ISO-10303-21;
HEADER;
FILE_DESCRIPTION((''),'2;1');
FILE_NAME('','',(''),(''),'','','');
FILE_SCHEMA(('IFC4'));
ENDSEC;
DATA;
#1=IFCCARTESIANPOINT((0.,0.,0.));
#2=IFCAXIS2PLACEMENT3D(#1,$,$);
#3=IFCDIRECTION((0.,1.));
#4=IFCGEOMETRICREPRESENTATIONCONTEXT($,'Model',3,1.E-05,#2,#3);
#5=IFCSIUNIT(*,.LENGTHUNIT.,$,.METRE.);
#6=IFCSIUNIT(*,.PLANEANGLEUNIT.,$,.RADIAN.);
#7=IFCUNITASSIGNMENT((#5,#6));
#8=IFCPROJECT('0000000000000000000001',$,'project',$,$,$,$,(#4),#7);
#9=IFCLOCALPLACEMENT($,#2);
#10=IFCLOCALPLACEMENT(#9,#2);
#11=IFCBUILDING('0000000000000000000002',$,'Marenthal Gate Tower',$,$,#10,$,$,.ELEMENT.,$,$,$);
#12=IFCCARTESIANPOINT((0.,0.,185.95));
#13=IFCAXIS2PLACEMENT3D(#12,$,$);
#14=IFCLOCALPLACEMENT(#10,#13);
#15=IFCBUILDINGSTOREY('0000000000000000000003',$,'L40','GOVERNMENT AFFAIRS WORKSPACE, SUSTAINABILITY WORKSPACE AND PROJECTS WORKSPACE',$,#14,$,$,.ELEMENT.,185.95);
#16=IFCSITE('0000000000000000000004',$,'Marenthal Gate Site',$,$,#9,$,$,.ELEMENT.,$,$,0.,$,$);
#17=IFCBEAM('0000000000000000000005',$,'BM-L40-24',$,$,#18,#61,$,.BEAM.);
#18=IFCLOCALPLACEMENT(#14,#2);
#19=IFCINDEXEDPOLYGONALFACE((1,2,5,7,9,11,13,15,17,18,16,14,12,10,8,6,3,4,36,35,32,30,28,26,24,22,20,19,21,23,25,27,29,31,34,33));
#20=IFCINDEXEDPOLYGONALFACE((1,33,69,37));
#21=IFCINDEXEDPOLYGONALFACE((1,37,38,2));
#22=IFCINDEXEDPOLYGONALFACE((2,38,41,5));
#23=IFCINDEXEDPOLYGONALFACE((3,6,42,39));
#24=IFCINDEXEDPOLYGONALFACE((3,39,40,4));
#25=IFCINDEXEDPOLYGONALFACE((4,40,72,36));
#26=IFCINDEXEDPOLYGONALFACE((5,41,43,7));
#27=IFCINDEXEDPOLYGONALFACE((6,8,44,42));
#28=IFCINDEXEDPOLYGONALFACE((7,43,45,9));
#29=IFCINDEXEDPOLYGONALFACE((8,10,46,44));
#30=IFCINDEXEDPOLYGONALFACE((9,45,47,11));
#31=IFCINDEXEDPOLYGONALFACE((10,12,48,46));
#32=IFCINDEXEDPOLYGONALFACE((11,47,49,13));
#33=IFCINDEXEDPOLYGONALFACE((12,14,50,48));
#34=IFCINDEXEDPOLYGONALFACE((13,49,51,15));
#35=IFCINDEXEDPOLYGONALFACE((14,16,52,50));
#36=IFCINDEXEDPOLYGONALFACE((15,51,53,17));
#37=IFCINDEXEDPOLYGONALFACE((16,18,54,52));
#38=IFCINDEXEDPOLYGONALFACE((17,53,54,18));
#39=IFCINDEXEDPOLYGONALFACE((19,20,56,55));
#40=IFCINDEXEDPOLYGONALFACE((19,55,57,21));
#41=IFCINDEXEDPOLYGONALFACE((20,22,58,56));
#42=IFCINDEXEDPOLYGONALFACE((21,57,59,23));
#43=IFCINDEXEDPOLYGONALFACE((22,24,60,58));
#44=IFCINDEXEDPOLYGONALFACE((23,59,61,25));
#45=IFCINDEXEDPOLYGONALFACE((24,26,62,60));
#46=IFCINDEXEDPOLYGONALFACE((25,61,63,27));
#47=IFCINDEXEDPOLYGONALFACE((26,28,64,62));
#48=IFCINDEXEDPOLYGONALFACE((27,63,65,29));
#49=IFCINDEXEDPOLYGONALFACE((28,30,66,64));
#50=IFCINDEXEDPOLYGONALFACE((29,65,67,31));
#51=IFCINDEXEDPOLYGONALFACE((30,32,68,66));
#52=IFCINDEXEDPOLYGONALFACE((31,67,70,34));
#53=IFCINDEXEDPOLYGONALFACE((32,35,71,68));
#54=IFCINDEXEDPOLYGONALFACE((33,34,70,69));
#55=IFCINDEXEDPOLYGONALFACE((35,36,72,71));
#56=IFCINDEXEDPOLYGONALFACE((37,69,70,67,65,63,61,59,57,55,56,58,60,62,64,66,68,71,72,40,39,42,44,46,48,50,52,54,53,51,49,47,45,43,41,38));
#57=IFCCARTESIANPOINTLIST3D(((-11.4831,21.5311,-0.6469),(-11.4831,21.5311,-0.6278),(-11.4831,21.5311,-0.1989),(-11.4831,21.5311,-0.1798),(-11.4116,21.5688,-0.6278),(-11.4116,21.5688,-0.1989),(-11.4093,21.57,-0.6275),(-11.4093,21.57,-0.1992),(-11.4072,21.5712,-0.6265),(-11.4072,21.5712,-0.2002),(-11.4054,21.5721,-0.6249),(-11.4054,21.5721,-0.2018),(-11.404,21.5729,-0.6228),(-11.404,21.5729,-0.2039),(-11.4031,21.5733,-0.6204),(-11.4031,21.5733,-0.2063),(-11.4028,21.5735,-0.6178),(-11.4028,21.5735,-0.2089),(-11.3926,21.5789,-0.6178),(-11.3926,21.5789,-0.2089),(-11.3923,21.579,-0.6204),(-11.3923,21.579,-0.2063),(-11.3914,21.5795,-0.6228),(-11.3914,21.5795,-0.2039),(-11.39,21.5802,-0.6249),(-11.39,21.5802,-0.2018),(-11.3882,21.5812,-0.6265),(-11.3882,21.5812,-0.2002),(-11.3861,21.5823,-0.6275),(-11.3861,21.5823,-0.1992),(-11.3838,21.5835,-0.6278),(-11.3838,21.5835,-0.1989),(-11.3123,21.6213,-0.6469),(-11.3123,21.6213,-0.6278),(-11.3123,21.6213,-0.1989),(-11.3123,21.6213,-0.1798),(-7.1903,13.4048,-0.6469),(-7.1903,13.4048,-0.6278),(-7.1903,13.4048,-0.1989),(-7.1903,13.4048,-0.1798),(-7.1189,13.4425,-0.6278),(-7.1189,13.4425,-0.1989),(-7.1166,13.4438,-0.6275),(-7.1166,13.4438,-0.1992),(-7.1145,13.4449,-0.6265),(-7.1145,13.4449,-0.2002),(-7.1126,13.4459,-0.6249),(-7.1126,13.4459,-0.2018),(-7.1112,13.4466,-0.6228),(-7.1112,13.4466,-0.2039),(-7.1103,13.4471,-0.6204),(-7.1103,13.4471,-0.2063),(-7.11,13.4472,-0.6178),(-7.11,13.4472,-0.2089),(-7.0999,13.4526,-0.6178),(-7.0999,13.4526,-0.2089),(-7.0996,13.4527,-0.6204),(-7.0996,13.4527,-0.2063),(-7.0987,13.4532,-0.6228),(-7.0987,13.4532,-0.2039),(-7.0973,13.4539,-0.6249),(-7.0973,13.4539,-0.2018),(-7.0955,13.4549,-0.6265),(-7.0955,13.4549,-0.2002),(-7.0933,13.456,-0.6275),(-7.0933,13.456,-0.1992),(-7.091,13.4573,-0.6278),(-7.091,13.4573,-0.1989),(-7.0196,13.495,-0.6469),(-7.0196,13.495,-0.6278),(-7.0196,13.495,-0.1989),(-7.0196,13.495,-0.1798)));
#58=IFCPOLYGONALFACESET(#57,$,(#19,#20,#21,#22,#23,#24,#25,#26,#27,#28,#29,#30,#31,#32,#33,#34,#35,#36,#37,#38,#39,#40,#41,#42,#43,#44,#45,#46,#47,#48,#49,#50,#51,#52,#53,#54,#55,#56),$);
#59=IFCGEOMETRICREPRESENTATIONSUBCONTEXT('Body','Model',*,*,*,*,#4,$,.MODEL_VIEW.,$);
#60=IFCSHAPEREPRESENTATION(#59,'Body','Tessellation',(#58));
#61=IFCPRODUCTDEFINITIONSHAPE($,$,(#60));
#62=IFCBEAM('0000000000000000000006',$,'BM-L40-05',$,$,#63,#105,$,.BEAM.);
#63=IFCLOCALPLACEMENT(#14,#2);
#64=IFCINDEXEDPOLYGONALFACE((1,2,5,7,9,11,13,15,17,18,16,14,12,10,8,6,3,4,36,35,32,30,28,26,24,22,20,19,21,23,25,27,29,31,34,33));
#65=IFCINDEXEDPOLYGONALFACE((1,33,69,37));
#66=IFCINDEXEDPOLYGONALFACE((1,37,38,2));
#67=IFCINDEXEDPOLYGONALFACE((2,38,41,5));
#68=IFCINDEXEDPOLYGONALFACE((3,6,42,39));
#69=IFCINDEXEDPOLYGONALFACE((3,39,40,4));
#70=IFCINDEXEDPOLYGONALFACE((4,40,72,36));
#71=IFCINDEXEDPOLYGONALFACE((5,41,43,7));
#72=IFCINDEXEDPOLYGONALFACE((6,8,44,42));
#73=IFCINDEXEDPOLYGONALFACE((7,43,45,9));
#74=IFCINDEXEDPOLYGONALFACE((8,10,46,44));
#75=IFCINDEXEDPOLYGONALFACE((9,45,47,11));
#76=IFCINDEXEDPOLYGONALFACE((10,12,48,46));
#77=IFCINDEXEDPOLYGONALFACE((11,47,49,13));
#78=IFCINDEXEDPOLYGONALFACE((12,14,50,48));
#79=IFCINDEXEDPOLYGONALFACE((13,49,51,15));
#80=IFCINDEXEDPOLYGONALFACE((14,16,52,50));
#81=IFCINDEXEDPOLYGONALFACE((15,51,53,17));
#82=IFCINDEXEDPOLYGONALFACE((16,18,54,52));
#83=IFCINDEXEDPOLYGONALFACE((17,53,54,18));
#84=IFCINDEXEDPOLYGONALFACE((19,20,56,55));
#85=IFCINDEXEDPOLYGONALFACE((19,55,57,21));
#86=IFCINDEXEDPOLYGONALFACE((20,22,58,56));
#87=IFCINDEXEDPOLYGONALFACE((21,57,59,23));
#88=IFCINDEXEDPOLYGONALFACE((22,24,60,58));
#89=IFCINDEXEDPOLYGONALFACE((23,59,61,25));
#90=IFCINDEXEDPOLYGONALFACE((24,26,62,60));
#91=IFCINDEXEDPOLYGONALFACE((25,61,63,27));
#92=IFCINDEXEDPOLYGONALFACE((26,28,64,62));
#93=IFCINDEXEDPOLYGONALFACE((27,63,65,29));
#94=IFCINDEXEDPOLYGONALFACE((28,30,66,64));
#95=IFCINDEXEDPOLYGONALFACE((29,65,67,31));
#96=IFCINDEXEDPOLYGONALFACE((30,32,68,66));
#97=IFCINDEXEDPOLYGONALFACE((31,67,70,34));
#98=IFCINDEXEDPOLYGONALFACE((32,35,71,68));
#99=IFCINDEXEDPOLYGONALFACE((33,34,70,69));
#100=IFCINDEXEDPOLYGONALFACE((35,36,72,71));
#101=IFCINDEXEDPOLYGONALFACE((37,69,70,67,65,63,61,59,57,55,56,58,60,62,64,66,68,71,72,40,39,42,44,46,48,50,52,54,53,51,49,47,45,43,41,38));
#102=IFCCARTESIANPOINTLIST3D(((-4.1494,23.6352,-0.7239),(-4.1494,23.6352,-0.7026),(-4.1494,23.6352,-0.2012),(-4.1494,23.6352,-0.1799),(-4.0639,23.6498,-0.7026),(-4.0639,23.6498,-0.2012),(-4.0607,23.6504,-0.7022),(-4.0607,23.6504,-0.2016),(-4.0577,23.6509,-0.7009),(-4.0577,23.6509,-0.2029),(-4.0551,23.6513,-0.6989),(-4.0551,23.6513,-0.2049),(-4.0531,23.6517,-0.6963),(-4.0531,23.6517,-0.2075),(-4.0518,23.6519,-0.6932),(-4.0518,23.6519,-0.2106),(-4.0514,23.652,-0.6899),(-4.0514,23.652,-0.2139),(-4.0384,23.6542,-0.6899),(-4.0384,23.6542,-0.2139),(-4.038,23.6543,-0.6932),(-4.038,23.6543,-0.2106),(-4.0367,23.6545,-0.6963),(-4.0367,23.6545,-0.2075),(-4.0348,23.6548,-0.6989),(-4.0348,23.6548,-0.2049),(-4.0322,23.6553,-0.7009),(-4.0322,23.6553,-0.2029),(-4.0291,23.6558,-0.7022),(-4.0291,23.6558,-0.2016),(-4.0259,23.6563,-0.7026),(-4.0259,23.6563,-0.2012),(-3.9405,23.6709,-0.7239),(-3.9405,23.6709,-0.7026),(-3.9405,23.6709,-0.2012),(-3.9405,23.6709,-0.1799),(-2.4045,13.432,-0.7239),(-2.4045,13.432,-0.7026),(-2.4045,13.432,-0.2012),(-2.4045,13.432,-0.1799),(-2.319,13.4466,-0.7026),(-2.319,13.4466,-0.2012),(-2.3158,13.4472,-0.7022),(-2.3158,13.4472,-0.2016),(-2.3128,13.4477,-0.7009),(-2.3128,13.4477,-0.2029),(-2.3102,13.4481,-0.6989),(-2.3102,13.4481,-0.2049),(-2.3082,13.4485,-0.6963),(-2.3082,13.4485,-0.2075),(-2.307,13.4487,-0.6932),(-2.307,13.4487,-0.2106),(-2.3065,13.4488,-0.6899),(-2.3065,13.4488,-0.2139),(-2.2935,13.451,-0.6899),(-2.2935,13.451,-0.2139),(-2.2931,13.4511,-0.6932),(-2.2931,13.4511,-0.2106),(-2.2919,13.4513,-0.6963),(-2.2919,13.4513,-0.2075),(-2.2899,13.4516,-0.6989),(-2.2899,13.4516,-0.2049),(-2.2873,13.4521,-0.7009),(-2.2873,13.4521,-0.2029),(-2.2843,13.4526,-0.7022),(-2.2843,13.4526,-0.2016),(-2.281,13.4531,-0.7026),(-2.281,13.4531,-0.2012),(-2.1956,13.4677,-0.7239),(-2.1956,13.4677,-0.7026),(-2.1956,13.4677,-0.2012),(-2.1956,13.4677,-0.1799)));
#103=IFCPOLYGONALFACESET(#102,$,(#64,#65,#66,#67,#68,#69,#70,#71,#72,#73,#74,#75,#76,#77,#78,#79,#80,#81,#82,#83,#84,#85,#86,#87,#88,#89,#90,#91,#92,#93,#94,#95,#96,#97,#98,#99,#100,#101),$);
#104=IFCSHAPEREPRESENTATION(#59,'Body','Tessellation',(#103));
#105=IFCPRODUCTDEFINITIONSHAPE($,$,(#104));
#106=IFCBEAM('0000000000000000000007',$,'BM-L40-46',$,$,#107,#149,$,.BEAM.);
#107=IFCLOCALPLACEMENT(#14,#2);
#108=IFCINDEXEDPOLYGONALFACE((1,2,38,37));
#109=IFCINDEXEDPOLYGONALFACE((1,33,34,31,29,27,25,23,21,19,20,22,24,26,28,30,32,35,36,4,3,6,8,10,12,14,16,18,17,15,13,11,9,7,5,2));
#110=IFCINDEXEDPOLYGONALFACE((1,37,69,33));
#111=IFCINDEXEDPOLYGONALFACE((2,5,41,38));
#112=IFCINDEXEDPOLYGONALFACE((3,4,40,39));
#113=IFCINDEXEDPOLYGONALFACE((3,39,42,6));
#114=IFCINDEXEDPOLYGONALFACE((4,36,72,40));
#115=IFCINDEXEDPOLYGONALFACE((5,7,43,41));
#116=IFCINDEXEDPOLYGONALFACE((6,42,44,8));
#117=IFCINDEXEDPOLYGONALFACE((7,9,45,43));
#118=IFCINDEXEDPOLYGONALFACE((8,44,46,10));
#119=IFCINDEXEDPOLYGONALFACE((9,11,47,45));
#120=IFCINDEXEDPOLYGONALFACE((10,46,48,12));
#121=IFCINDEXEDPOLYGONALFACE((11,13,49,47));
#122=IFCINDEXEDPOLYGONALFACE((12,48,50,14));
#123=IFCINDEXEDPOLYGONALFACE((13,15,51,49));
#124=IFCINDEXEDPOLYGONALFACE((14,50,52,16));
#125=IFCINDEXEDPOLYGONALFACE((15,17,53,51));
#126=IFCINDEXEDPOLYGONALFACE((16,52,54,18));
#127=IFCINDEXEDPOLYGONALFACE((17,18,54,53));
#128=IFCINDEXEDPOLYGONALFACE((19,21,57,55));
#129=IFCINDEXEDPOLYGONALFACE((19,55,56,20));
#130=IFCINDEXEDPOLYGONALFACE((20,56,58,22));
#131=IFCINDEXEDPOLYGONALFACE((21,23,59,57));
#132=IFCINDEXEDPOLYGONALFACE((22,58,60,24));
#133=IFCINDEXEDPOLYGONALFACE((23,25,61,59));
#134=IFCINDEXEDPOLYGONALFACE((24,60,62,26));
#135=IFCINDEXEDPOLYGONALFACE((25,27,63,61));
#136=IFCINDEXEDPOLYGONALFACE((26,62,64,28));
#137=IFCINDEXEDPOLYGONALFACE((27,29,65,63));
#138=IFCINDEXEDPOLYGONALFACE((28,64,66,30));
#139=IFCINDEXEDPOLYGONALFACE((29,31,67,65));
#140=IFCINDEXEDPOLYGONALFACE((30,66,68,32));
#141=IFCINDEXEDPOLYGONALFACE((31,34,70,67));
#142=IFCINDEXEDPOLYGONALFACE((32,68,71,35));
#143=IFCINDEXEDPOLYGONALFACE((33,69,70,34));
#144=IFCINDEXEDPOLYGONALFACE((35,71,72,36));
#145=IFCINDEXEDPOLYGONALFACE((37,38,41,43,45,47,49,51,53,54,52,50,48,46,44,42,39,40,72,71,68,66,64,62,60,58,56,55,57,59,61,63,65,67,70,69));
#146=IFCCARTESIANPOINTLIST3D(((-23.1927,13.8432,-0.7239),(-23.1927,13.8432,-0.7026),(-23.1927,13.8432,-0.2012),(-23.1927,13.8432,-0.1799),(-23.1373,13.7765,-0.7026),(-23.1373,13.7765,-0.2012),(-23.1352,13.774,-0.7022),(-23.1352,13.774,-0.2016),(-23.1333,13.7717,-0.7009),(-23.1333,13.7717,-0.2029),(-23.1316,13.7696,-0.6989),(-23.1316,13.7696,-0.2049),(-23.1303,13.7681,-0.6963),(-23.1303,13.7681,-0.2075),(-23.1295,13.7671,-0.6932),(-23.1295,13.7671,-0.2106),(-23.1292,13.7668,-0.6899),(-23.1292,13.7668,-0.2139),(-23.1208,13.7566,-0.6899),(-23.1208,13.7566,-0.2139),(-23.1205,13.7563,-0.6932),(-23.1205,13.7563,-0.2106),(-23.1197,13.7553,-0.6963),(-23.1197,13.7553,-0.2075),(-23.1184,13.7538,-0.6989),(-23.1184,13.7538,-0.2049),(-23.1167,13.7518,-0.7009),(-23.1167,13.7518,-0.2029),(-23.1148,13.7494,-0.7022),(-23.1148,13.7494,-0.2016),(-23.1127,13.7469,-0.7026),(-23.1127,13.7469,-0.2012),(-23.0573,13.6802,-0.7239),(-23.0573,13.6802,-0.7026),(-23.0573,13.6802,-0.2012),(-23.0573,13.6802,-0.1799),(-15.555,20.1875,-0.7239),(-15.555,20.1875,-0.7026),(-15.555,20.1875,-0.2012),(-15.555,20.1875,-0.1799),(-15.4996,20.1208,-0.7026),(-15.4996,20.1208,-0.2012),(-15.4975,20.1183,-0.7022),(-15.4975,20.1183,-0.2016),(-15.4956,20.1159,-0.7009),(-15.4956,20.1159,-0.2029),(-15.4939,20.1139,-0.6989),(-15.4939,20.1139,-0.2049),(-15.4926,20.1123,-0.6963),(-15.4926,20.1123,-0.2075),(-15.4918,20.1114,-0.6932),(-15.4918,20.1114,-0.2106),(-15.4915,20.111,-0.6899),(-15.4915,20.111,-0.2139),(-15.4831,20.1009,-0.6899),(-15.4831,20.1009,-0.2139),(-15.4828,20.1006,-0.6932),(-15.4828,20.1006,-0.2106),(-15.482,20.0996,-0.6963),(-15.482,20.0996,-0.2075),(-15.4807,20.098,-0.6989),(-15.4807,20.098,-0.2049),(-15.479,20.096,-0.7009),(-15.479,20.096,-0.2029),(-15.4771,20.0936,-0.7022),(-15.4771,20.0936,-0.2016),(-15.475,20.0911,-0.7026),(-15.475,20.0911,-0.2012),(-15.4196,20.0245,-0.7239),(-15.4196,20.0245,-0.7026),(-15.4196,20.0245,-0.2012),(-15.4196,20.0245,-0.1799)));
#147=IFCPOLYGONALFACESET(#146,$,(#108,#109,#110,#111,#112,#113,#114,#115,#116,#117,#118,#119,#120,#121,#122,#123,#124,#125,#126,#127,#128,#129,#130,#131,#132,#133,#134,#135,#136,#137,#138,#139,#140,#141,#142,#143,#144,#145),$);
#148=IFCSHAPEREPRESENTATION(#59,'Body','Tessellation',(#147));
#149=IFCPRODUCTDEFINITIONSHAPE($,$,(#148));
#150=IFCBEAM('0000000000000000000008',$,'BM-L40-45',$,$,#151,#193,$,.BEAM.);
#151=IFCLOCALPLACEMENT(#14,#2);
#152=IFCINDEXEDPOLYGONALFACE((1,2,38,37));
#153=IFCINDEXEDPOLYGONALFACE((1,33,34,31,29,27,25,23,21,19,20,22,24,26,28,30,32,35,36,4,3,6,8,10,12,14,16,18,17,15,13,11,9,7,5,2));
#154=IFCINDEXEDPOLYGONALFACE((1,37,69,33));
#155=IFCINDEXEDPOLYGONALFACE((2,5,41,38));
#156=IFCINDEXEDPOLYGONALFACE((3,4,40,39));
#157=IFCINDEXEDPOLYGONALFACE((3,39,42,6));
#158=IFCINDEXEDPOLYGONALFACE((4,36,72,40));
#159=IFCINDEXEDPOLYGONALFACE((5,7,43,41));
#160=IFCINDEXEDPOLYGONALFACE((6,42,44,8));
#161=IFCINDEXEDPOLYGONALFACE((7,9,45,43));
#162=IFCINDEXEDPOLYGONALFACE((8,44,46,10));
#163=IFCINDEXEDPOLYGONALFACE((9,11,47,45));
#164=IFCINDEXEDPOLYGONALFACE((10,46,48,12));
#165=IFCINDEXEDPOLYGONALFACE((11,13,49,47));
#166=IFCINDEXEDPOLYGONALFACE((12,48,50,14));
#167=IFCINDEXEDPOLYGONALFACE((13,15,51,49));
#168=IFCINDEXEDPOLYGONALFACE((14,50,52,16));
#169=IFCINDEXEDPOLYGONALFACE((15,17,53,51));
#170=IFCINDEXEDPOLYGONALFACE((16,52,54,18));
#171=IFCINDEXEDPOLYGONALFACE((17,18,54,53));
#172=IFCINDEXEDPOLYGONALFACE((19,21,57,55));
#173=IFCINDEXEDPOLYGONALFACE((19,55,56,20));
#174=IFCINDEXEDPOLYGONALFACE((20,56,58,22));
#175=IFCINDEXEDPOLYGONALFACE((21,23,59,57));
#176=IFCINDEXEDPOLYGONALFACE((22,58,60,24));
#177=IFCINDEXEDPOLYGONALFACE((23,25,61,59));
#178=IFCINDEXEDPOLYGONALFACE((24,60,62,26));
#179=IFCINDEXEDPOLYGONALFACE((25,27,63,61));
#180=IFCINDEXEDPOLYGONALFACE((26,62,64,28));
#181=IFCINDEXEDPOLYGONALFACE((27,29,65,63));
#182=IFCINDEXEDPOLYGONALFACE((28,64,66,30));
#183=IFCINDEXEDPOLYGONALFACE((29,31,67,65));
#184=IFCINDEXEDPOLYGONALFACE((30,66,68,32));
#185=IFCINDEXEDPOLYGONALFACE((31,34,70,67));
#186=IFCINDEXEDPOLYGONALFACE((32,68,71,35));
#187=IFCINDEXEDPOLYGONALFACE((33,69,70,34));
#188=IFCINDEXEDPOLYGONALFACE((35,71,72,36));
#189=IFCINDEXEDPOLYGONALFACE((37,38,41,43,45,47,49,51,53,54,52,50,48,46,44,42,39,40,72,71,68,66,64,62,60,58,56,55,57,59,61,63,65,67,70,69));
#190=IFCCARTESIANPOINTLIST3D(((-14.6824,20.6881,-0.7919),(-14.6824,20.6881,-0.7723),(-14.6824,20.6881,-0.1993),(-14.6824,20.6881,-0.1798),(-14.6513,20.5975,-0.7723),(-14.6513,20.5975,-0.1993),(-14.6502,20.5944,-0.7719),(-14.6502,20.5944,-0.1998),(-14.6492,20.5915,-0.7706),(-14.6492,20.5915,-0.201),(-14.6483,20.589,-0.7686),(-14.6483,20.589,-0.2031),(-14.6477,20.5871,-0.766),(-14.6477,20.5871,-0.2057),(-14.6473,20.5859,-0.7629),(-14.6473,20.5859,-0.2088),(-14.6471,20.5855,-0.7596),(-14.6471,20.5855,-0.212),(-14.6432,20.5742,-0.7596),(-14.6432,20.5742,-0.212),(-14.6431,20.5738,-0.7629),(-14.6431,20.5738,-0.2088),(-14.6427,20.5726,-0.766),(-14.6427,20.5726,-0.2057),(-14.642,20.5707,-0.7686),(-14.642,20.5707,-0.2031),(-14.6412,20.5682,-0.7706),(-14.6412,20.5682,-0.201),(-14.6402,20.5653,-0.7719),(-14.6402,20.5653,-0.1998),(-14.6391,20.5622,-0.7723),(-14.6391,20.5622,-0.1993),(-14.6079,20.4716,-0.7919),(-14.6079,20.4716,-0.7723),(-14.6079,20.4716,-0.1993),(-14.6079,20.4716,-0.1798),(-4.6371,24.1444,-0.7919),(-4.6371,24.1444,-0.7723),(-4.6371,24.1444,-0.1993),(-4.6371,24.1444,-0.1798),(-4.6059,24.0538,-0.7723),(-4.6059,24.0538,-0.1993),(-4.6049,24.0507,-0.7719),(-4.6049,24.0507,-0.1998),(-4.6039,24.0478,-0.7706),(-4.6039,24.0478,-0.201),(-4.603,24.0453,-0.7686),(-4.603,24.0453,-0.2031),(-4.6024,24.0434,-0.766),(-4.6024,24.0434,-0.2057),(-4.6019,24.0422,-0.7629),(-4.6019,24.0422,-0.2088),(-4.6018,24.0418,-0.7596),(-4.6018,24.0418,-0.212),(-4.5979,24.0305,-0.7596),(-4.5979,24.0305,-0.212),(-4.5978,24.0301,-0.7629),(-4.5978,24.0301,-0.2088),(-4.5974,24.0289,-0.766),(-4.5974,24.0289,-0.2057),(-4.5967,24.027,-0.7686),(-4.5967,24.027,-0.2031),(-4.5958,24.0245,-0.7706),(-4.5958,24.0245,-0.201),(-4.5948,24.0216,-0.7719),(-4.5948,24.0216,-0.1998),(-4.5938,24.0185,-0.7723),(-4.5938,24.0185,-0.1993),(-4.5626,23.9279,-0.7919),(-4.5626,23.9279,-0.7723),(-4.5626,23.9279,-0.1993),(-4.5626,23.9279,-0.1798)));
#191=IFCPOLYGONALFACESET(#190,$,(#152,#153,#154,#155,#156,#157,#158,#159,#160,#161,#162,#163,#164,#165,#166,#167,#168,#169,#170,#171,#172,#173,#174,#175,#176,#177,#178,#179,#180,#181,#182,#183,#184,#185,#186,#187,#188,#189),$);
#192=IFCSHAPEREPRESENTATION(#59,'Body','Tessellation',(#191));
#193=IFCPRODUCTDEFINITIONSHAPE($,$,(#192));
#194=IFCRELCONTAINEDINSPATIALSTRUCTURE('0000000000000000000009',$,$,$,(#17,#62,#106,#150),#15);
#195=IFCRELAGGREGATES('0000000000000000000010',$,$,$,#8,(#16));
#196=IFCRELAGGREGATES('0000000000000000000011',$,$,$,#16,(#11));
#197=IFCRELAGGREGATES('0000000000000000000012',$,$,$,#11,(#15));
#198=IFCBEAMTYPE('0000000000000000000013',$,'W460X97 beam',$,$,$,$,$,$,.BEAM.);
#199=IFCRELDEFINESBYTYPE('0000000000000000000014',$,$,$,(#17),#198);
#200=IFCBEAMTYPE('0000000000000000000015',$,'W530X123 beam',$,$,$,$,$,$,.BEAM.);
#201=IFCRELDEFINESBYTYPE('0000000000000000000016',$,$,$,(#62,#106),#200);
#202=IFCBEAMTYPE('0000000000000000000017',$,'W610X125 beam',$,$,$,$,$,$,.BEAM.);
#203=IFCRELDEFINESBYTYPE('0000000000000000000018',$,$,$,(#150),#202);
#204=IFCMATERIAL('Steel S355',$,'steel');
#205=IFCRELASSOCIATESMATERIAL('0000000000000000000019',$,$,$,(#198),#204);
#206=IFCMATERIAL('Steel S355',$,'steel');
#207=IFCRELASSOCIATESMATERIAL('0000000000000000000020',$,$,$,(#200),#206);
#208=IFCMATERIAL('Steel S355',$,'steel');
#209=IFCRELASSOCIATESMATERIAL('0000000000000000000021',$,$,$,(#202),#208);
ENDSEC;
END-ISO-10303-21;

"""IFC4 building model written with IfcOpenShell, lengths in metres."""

from ifc_helpers import new_model, si_unit, direction, frame, origin, origin_2d, place, context, subcontext, project, spatial, i_section, extrude, material, material_profile, profile_set, type_object, element, save


model = new_model("IFC4")

# Units and contexts
model_context = context("Model", 3, precision=1e-05, world=origin(), true_north=direction((0.0, 1.0)))
body_context = subcontext(model_context, "Body", "Model", "MODEL_VIEW")
ifc_project = project(units=[si_unit("LENGTHUNIT", "METRE"), si_unit("PLANEANGLEUNIT", "RADIAN")], contexts=[model_context])

# Site, building, storey
site_placement = place(None, origin())
site = spatial("IfcSite", under=ifc_project, at=site_placement, Name="Marenthal Gate Site", CompositionType="ELEMENT", RefElevation=0.0)
building_placement = place(site_placement, origin())
building = spatial("IfcBuilding", under=site, at=building_placement, Name="Marenthal Gate Tower", CompositionType="ELEMENT")
storey_placement = place(building_placement, frame((0.0, 0.0, 185.95)))
storey = spatial("IfcBuildingStorey", under=building, at=storey_placement, Name="L40", Description="GOVERNMENT AFFAIRS WORKSPACE, SUSTAINABILITY WORKSPACE AND PROJECTS WORKSPACE", CompositionType="ELEMENT", Elevation=185.95)

# Beams
ifc_material_1 = material(Name="Steel S355", Category="steel")
ifc_material_profile_1 = material_profile(ifc_material_1, i_section(OverallWidth=0.1931, OverallDepth=0.467, WebThickness=0.0115, FlangeThickness=0.019, FilletRadius=0.01, at=origin_2d()), Name="W460X97")
ifc_profile_set_1 = profile_set([ifc_material_profile_1], Name="Steel S355")
beam_type_1 = type_object("IfcBeamType", Name="W460X97 beam", PredefinedType="BEAM", material=ifc_profile_set_1)
beam_1_placement = place(storey_placement, frame((-11.3977, 21.5762, -0.4133), z_axis=(0.467089, -0.88421, 0.0), x_axis=(0.88421, 0.467089, 0.0)))
element("IfcBeam", 1, at=beam_1_placement, inside=storey, type_object=beam_type_1, Name="BM-L40-24", PredefinedType="BEAM", context=body_context, shape_type="SweptSolid", body=[
    extrude(i_section(OverallWidth=0.1931, OverallDepth=0.467, WebThickness=0.0115, FlangeThickness=0.019, FilletRadius=0.01, at=origin_2d()), origin(), (0.0, 0.0, 1.0), 9.1904),
])
ifc_material_2 = material(Name="Steel S355", Category="steel")
ifc_material_profile_2 = material_profile(ifc_material_2, i_section(OverallWidth=0.2119, OverallDepth=0.5439, WebThickness=0.0132, FlangeThickness=0.0212, FilletRadius=0.0127, at=origin_2d()), Name="W530X123")
ifc_profile_set_2 = profile_set([ifc_material_profile_2], Name="Steel S355")
beam_type_2 = type_object("IfcBeamType", Name="W530X123 beam", PredefinedType="BEAM", material=ifc_profile_set_2)
beam_2_placement = place(storey_placement, frame((-4.0449, 23.6531, -0.4519), z_axis=(0.168566, -0.98569, 0.0), x_axis=(0.98569, 0.168566, 0.0)))
element("IfcBeam", 2, at=beam_2_placement, inside=storey, type_object=beam_type_2, Name="BM-L40-05", PredefinedType="BEAM", context=body_context, shape_type="SweptSolid", body=[
    extrude(i_section(OverallWidth=0.2119, OverallDepth=0.5439, WebThickness=0.0132, FlangeThickness=0.0212, FilletRadius=0.0127, at=origin_2d()), origin(), (0.0, 0.0, 1.0), 10.3513),
])
beam_3_placement = place(storey_placement, frame((-15.4873, 20.106, -0.4519), z_axis=(-0.769236, -0.638965, 0.0), x_axis=(0.638965, -0.769236, 0.0)))
element("IfcBeam", 3, at=beam_3_placement, inside=storey, type_object=beam_type_2, Name="BM-L40-46", PredefinedType="BEAM", context=body_context, shape_type="SweptSolid", body=[
    extrude(i_section(OverallWidth=0.2119, OverallDepth=0.5439, WebThickness=0.0132, FlangeThickness=0.0212, FilletRadius=0.0127, at=origin_2d()), origin(), (0.0, 0.0, 1.0), 9.929),
])
ifc_material_3 = material(Name="Steel S355", Category="steel")
ifc_material_profile_3 = material_profile(ifc_material_3, i_section(OverallWidth=0.229, OverallDepth=0.6121, WebThickness=0.012, FlangeThickness=0.0195, FilletRadius=0.0127, at=origin_2d()), Name="W610X125")
ifc_profile_set_3 = profile_set([ifc_material_profile_3], Name="Steel S355")
beam_type_3 = type_object("IfcBeamType", Name="W610X125 beam", PredefinedType="BEAM", material=ifc_profile_set_3)
beam_4_placement = place(storey_placement, frame((-4.5999, 24.0361, -0.4858), z_axis=(-0.945594, -0.325348, 0.0), x_axis=(0.325348, -0.945594, 0.0)))
element("IfcBeam", 4, at=beam_4_placement, inside=storey, type_object=beam_type_3, Name="BM-L40-45", PredefinedType="BEAM", context=body_context, shape_type="SweptSolid", body=[
    extrude(i_section(OverallWidth=0.229, OverallDepth=0.6121, WebThickness=0.012, FlangeThickness=0.0195, FilletRadius=0.0127, at=origin_2d()), origin(), (0.0, 0.0, 1.0), 10.6233),
])

save(model, "model.ifc")
